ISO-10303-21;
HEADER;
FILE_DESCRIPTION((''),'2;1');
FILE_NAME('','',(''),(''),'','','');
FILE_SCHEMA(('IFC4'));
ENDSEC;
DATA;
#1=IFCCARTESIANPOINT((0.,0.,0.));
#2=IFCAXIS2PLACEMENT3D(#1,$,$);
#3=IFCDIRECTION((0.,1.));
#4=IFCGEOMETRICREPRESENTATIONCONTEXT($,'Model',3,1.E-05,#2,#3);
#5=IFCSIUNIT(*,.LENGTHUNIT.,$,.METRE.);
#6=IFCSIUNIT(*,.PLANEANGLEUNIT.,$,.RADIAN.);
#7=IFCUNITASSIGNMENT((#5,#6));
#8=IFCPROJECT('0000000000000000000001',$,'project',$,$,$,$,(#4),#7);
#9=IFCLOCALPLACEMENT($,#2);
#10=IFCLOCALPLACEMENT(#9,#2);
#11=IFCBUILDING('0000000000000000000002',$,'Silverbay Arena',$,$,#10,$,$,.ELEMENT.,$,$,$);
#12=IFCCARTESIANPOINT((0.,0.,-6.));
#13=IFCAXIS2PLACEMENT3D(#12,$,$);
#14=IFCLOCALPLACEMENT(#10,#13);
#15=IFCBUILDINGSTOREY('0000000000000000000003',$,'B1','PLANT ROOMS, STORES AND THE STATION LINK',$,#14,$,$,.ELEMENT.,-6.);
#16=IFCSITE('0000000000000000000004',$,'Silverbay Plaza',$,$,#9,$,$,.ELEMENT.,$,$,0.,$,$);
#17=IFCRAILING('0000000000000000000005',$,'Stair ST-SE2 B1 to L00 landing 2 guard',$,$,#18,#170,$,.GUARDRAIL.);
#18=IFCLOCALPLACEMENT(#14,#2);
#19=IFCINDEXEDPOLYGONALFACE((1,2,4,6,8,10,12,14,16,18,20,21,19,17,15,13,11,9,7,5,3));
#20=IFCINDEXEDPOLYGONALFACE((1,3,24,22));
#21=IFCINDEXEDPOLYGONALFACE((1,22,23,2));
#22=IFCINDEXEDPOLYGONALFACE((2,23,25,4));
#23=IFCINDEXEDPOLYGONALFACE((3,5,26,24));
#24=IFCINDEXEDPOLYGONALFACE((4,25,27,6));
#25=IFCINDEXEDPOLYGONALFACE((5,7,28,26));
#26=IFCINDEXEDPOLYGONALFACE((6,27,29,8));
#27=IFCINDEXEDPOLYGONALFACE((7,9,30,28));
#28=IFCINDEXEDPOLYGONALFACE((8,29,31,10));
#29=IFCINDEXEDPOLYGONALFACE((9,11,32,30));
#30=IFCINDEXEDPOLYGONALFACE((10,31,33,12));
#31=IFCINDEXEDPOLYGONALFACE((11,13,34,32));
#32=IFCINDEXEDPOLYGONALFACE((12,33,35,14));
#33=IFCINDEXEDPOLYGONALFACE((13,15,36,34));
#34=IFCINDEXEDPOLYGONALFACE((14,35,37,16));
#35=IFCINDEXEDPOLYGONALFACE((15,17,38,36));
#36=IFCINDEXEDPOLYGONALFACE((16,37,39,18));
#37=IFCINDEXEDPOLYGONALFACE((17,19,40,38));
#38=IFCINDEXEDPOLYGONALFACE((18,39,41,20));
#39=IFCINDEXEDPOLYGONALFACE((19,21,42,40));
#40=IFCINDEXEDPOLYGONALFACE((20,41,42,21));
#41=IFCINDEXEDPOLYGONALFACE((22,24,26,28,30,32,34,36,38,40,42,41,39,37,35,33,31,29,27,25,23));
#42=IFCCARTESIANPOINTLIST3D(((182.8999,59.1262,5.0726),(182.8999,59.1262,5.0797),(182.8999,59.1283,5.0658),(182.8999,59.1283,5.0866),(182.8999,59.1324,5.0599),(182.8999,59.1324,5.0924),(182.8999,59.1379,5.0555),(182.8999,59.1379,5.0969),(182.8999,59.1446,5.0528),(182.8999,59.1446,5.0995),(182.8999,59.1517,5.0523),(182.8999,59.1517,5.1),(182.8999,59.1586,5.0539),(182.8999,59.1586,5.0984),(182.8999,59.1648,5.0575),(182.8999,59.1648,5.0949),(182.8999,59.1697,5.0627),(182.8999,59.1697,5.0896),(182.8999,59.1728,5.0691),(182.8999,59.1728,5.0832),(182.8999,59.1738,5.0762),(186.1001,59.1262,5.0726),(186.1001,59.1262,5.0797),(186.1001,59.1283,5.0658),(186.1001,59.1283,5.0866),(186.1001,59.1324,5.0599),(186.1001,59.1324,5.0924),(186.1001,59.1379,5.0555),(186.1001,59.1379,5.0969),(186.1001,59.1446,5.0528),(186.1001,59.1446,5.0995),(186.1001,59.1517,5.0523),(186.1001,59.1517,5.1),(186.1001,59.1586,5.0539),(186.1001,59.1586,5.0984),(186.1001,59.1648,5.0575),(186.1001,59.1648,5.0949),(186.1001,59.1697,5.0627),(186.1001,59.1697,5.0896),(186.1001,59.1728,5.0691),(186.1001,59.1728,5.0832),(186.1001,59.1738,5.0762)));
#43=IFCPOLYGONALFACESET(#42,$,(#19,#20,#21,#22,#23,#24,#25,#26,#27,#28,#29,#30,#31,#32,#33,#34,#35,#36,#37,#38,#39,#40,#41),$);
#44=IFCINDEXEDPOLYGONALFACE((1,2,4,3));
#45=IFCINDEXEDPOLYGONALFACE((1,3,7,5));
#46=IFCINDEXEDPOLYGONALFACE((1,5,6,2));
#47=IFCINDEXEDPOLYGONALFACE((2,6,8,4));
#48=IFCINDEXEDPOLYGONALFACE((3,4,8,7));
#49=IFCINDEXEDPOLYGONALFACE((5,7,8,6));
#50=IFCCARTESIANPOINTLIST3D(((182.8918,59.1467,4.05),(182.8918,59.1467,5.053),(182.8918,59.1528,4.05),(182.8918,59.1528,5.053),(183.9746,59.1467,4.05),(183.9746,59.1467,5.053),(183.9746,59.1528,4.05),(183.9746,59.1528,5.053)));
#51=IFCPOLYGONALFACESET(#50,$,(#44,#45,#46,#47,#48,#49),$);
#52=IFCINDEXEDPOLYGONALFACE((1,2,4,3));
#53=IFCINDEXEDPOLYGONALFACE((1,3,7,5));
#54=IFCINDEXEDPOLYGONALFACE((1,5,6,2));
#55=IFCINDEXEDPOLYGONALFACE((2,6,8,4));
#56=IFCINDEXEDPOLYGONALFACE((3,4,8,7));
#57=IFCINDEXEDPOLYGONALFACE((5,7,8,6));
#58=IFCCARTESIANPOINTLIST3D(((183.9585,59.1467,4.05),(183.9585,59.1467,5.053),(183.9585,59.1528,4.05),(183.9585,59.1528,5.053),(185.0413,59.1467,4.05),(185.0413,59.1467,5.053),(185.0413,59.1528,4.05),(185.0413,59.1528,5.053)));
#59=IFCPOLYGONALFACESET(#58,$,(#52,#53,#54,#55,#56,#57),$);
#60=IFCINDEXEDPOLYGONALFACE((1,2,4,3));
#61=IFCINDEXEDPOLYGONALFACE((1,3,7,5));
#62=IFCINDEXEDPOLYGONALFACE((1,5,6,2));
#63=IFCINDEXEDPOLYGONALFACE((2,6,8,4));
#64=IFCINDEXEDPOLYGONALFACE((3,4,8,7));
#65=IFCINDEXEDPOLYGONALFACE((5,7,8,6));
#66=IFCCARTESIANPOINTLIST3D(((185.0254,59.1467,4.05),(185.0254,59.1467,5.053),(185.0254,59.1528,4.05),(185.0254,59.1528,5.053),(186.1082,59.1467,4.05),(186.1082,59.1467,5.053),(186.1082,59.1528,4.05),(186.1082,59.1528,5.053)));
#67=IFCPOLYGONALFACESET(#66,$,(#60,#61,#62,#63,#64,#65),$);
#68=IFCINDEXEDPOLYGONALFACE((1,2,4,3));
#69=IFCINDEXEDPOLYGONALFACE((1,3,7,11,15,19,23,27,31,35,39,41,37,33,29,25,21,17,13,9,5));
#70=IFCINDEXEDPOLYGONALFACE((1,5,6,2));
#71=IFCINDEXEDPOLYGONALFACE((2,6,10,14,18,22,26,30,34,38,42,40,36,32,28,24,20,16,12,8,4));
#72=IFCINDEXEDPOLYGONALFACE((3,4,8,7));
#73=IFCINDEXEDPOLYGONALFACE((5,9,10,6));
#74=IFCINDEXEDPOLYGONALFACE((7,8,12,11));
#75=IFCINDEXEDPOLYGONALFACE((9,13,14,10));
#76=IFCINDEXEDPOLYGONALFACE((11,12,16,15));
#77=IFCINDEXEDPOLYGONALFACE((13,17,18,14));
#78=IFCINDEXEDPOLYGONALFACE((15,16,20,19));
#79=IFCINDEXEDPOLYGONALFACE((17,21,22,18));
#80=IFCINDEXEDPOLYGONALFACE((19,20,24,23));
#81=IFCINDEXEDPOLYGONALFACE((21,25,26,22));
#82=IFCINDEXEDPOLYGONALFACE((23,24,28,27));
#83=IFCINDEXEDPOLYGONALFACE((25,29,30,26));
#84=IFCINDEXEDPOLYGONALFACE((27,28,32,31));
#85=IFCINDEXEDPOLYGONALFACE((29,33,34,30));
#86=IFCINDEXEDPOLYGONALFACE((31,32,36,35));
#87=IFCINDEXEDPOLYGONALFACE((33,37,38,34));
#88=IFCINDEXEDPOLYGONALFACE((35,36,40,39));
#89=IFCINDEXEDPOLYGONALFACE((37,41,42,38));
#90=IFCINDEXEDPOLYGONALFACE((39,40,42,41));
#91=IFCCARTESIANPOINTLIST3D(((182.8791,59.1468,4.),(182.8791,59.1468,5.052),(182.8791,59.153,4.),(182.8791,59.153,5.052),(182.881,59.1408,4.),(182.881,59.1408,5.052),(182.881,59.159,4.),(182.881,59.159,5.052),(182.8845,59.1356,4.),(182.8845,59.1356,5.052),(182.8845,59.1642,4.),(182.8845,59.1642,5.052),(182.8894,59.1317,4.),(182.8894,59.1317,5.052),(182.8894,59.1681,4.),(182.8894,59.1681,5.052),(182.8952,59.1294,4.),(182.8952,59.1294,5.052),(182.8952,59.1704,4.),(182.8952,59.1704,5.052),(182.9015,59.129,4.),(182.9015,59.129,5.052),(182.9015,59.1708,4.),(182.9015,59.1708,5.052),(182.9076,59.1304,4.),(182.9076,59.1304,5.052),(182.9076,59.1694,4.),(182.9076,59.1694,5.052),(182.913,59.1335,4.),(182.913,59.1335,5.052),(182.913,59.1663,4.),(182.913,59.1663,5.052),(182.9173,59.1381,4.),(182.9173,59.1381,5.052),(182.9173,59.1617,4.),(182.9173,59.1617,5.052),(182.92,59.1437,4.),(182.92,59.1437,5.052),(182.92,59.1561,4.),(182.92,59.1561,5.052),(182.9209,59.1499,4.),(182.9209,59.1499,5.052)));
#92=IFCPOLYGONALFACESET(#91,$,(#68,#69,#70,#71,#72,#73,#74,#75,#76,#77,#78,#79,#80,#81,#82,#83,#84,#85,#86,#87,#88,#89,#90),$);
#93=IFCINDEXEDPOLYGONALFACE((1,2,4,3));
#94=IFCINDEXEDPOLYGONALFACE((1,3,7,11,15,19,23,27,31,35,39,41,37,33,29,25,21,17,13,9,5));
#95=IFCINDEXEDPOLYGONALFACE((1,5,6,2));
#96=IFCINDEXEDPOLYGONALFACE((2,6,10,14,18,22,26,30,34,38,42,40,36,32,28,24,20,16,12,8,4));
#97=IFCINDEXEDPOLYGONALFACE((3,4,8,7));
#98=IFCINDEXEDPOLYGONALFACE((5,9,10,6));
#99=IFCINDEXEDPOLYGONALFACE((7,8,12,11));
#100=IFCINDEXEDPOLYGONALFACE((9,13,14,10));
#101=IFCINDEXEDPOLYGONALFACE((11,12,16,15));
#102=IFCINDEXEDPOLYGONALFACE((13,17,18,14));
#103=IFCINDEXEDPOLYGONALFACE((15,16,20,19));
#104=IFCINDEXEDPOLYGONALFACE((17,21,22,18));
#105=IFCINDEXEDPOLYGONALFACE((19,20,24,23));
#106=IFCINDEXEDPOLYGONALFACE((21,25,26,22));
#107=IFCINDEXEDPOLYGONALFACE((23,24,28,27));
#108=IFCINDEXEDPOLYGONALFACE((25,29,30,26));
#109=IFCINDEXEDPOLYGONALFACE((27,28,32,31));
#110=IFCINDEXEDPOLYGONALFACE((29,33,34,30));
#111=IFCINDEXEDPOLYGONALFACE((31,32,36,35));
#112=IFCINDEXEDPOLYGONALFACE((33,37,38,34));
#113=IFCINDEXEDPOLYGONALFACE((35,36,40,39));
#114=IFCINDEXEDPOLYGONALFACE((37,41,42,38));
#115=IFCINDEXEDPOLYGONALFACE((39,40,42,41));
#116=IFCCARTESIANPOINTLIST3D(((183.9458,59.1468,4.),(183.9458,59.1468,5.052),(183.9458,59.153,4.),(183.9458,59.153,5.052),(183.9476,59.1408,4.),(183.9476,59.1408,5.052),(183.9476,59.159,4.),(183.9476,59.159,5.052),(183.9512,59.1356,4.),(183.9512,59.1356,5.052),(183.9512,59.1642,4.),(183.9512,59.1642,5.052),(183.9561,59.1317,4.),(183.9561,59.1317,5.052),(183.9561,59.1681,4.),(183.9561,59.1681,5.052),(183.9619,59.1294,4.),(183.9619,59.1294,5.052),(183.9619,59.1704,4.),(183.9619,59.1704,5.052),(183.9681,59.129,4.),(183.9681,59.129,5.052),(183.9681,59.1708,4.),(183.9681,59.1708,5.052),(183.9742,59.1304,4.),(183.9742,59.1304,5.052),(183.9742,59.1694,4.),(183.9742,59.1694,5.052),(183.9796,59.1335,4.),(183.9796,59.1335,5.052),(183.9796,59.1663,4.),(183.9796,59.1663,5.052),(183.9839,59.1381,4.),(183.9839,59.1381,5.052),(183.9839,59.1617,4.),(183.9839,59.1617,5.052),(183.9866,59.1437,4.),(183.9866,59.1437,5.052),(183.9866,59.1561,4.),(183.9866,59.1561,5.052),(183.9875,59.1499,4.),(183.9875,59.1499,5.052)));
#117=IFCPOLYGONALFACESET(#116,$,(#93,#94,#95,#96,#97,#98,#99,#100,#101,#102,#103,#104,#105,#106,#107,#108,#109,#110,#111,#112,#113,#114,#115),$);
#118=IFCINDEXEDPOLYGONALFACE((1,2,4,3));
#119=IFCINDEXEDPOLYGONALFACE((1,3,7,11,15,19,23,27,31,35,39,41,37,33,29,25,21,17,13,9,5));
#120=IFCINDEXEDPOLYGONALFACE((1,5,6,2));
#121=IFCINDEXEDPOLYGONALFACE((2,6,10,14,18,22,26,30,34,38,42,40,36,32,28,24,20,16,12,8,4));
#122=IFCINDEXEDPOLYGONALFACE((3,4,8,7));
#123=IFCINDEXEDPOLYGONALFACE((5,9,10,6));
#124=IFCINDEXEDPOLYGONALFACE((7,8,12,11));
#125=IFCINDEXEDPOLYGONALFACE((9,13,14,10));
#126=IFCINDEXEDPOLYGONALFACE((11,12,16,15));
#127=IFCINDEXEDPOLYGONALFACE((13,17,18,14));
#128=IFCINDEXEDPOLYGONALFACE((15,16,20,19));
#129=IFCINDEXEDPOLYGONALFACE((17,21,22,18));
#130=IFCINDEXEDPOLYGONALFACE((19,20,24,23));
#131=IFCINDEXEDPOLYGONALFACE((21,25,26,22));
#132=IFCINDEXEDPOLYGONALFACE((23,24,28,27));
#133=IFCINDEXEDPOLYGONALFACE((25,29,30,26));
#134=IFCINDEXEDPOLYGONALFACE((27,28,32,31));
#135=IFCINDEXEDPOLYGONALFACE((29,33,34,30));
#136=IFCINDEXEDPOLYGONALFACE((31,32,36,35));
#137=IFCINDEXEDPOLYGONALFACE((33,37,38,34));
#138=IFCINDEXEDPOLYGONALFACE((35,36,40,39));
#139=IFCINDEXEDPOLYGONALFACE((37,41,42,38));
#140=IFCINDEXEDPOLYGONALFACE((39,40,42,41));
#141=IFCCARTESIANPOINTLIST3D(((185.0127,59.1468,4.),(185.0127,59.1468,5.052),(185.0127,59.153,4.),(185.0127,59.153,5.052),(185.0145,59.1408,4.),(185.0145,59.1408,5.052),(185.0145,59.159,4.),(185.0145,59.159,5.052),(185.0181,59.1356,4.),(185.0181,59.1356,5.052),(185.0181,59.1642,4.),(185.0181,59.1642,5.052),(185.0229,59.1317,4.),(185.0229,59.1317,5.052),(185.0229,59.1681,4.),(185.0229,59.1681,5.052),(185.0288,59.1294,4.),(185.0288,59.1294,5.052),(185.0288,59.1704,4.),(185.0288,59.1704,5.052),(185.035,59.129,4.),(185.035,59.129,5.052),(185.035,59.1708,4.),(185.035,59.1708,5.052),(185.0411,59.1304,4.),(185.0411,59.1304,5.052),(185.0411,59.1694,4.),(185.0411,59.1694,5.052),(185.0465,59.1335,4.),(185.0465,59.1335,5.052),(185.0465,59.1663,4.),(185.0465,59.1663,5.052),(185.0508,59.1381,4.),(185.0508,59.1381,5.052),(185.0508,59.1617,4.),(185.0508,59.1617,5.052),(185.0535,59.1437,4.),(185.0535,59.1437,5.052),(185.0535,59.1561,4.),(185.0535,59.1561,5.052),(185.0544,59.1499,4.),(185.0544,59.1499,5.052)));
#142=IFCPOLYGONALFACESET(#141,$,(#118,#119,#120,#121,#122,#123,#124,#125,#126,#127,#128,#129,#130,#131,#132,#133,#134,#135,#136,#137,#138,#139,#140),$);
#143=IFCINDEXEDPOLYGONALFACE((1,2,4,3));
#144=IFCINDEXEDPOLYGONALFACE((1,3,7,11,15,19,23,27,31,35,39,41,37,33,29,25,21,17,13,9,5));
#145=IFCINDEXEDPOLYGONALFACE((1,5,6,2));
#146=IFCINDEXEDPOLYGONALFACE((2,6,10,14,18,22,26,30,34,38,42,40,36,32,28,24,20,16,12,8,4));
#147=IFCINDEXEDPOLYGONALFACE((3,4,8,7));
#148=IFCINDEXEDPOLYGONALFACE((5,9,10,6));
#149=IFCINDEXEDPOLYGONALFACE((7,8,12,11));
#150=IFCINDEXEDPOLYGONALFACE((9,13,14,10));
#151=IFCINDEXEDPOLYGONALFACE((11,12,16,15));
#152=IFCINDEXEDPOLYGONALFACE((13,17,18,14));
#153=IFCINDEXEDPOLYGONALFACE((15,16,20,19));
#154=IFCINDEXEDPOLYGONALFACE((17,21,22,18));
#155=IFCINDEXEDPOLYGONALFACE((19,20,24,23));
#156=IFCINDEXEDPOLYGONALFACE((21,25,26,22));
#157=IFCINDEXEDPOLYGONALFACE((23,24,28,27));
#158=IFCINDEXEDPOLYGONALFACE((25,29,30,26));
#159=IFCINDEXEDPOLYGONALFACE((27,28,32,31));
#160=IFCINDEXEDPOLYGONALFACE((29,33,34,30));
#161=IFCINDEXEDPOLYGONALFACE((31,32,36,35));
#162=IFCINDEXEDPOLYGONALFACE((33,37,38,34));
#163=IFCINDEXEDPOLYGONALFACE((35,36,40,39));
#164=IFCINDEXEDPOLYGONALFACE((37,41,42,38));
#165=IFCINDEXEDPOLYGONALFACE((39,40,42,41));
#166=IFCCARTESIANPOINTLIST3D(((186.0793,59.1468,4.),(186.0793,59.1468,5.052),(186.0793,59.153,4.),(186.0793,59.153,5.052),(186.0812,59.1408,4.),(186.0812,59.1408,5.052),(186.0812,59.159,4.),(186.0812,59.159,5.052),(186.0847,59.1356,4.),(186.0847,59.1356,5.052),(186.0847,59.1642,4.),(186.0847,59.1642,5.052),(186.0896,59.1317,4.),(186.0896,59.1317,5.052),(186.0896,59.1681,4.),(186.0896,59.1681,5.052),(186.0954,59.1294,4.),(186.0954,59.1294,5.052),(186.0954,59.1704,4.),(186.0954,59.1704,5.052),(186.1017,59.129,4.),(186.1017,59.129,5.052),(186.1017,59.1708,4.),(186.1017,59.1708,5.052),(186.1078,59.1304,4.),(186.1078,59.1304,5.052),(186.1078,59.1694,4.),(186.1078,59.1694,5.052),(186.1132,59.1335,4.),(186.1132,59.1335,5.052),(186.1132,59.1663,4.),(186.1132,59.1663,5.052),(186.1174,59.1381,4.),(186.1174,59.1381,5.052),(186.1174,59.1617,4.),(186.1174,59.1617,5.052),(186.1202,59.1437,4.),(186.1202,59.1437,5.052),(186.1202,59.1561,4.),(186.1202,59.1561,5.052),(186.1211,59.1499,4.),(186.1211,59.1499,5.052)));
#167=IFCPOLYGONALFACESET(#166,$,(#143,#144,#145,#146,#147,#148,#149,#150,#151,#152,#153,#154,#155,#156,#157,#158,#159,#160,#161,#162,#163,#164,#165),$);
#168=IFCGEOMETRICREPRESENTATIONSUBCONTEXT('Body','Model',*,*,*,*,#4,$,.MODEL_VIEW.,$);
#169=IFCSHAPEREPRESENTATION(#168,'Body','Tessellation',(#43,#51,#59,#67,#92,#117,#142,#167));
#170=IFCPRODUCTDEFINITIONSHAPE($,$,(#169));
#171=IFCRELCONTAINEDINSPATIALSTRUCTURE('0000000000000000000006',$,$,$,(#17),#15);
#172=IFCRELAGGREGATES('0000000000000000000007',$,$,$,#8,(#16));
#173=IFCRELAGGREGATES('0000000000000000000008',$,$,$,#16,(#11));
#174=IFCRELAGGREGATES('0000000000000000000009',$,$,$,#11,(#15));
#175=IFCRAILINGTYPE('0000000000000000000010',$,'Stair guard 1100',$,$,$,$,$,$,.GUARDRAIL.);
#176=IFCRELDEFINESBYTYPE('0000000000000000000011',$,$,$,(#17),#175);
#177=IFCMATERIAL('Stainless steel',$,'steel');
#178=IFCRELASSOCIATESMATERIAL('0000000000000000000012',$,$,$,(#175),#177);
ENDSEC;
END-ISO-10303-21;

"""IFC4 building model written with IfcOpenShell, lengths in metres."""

from ifc_helpers import new_model, si_unit, direction, frame, origin, origin_2d, place, context, subcontext, project, spatial, polyline, circle, outline, extrude, material, type_object, element, save


model = new_model("IFC4")

# Units and contexts
model_context = context("Model", 3, precision=1e-05, world=origin(), true_north=direction((0.0, 1.0)))
body_context = subcontext(model_context, "Body", "Model", "MODEL_VIEW")
ifc_project = project(units=[si_unit("LENGTHUNIT", "METRE"), si_unit("PLANEANGLEUNIT", "RADIAN")], contexts=[model_context])

# Site, building, storey
site_placement = place(None, origin())
site = spatial("IfcSite", under=ifc_project, at=site_placement, Name="Silverbay Plaza", CompositionType="ELEMENT", RefElevation=0.0)
building_placement = place(site_placement, origin())
building = spatial("IfcBuilding", under=site, at=building_placement, Name="Silverbay Arena", CompositionType="ELEMENT")
storey_placement = place(building_placement, frame((0.0, 0.0, -6.0)))
storey = spatial("IfcBuildingStorey", under=building, at=storey_placement, Name="B1", Description="PLANT ROOMS, STORES AND THE STATION LINK", CompositionType="ELEMENT", Elevation=-6.0)

# Railing
ifc_material_1 = material(Name="Stainless steel", Category="steel")
railing_type_1 = type_object("IfcRailingType", Name="Stair guard 1100", PredefinedType="GUARDRAIL", material=ifc_material_1)
for number, where, name in (
    (1, (182.8999, 59.1499, 4.0), "Stair ST-SE2 B1 to L00 landing 2 guard"),
):
    element("IfcRailing", number, at=place(storey_placement, frame(where)), inside=storey, type_object=railing_type_1, Name=name, PredefinedType="GUARDRAIL", context=body_context, shape_type="SweptSolid", body=[
        extrude(circle(Radius=0.0239, at=origin_2d()), frame((0.0, 0.0, 1.0762), z_axis=(1.0, 0.0, 0.0), x_axis=(0.0, 1.0, 0.0)), (0.0, 0.0, 1.0), 3.2002),
        extrude(outline(polyline([(-0.0081, 0.05), (1.0747, 0.05), (1.0747, 1.053), (-0.0081, 1.053), (-0.0081, 0.05)])), frame((0.0, 0.0029, 0.0), z_axis=(0.0, -1.0, 0.0), x_axis=(1.0, 0.0, 0.0)), (0.0, 0.0, 1.0), 0.0061),
        extrude(outline(polyline([(-0.0081, 0.05), (1.0747, 0.05), (1.0747, 1.053), (-0.0081, 1.053), (-0.0081, 0.05)])), frame((1.0667, 0.0029, 0.0), z_axis=(0.0, -1.0, 0.0), x_axis=(1.0, 0.0, 0.0)), (0.0, 0.0, 1.0), 0.0061),
        extrude(outline(polyline([(-0.0081, 0.05), (1.0747, 0.05), (1.0747, 1.053), (-0.0081, 1.053), (-0.0081, 0.05)])), frame((2.1335, 0.0029, 0.0), z_axis=(0.0, -1.0, 0.0), x_axis=(1.0, 0.0, 0.0)), (0.0, 0.0, 1.0), 0.0061),
        extrude(circle(Radius=0.021, at=origin_2d()), origin(), (0.0, 0.0, 1.0), 1.052),
        extrude(circle(Radius=0.021, at=origin_2d()), frame((1.0667, 0.0, 0.0)), (0.0, 0.0, 1.0), 1.052),
        extrude(circle(Radius=0.021, at=origin_2d()), frame((2.1335, 0.0, 0.0)), (0.0, 0.0, 1.0), 1.052),
        extrude(circle(Radius=0.021, at=origin_2d()), frame((3.2002, 0.0, 0.0)), (0.0, 0.0, 1.0), 1.052),
    ])

save(model, "model.ifc")
